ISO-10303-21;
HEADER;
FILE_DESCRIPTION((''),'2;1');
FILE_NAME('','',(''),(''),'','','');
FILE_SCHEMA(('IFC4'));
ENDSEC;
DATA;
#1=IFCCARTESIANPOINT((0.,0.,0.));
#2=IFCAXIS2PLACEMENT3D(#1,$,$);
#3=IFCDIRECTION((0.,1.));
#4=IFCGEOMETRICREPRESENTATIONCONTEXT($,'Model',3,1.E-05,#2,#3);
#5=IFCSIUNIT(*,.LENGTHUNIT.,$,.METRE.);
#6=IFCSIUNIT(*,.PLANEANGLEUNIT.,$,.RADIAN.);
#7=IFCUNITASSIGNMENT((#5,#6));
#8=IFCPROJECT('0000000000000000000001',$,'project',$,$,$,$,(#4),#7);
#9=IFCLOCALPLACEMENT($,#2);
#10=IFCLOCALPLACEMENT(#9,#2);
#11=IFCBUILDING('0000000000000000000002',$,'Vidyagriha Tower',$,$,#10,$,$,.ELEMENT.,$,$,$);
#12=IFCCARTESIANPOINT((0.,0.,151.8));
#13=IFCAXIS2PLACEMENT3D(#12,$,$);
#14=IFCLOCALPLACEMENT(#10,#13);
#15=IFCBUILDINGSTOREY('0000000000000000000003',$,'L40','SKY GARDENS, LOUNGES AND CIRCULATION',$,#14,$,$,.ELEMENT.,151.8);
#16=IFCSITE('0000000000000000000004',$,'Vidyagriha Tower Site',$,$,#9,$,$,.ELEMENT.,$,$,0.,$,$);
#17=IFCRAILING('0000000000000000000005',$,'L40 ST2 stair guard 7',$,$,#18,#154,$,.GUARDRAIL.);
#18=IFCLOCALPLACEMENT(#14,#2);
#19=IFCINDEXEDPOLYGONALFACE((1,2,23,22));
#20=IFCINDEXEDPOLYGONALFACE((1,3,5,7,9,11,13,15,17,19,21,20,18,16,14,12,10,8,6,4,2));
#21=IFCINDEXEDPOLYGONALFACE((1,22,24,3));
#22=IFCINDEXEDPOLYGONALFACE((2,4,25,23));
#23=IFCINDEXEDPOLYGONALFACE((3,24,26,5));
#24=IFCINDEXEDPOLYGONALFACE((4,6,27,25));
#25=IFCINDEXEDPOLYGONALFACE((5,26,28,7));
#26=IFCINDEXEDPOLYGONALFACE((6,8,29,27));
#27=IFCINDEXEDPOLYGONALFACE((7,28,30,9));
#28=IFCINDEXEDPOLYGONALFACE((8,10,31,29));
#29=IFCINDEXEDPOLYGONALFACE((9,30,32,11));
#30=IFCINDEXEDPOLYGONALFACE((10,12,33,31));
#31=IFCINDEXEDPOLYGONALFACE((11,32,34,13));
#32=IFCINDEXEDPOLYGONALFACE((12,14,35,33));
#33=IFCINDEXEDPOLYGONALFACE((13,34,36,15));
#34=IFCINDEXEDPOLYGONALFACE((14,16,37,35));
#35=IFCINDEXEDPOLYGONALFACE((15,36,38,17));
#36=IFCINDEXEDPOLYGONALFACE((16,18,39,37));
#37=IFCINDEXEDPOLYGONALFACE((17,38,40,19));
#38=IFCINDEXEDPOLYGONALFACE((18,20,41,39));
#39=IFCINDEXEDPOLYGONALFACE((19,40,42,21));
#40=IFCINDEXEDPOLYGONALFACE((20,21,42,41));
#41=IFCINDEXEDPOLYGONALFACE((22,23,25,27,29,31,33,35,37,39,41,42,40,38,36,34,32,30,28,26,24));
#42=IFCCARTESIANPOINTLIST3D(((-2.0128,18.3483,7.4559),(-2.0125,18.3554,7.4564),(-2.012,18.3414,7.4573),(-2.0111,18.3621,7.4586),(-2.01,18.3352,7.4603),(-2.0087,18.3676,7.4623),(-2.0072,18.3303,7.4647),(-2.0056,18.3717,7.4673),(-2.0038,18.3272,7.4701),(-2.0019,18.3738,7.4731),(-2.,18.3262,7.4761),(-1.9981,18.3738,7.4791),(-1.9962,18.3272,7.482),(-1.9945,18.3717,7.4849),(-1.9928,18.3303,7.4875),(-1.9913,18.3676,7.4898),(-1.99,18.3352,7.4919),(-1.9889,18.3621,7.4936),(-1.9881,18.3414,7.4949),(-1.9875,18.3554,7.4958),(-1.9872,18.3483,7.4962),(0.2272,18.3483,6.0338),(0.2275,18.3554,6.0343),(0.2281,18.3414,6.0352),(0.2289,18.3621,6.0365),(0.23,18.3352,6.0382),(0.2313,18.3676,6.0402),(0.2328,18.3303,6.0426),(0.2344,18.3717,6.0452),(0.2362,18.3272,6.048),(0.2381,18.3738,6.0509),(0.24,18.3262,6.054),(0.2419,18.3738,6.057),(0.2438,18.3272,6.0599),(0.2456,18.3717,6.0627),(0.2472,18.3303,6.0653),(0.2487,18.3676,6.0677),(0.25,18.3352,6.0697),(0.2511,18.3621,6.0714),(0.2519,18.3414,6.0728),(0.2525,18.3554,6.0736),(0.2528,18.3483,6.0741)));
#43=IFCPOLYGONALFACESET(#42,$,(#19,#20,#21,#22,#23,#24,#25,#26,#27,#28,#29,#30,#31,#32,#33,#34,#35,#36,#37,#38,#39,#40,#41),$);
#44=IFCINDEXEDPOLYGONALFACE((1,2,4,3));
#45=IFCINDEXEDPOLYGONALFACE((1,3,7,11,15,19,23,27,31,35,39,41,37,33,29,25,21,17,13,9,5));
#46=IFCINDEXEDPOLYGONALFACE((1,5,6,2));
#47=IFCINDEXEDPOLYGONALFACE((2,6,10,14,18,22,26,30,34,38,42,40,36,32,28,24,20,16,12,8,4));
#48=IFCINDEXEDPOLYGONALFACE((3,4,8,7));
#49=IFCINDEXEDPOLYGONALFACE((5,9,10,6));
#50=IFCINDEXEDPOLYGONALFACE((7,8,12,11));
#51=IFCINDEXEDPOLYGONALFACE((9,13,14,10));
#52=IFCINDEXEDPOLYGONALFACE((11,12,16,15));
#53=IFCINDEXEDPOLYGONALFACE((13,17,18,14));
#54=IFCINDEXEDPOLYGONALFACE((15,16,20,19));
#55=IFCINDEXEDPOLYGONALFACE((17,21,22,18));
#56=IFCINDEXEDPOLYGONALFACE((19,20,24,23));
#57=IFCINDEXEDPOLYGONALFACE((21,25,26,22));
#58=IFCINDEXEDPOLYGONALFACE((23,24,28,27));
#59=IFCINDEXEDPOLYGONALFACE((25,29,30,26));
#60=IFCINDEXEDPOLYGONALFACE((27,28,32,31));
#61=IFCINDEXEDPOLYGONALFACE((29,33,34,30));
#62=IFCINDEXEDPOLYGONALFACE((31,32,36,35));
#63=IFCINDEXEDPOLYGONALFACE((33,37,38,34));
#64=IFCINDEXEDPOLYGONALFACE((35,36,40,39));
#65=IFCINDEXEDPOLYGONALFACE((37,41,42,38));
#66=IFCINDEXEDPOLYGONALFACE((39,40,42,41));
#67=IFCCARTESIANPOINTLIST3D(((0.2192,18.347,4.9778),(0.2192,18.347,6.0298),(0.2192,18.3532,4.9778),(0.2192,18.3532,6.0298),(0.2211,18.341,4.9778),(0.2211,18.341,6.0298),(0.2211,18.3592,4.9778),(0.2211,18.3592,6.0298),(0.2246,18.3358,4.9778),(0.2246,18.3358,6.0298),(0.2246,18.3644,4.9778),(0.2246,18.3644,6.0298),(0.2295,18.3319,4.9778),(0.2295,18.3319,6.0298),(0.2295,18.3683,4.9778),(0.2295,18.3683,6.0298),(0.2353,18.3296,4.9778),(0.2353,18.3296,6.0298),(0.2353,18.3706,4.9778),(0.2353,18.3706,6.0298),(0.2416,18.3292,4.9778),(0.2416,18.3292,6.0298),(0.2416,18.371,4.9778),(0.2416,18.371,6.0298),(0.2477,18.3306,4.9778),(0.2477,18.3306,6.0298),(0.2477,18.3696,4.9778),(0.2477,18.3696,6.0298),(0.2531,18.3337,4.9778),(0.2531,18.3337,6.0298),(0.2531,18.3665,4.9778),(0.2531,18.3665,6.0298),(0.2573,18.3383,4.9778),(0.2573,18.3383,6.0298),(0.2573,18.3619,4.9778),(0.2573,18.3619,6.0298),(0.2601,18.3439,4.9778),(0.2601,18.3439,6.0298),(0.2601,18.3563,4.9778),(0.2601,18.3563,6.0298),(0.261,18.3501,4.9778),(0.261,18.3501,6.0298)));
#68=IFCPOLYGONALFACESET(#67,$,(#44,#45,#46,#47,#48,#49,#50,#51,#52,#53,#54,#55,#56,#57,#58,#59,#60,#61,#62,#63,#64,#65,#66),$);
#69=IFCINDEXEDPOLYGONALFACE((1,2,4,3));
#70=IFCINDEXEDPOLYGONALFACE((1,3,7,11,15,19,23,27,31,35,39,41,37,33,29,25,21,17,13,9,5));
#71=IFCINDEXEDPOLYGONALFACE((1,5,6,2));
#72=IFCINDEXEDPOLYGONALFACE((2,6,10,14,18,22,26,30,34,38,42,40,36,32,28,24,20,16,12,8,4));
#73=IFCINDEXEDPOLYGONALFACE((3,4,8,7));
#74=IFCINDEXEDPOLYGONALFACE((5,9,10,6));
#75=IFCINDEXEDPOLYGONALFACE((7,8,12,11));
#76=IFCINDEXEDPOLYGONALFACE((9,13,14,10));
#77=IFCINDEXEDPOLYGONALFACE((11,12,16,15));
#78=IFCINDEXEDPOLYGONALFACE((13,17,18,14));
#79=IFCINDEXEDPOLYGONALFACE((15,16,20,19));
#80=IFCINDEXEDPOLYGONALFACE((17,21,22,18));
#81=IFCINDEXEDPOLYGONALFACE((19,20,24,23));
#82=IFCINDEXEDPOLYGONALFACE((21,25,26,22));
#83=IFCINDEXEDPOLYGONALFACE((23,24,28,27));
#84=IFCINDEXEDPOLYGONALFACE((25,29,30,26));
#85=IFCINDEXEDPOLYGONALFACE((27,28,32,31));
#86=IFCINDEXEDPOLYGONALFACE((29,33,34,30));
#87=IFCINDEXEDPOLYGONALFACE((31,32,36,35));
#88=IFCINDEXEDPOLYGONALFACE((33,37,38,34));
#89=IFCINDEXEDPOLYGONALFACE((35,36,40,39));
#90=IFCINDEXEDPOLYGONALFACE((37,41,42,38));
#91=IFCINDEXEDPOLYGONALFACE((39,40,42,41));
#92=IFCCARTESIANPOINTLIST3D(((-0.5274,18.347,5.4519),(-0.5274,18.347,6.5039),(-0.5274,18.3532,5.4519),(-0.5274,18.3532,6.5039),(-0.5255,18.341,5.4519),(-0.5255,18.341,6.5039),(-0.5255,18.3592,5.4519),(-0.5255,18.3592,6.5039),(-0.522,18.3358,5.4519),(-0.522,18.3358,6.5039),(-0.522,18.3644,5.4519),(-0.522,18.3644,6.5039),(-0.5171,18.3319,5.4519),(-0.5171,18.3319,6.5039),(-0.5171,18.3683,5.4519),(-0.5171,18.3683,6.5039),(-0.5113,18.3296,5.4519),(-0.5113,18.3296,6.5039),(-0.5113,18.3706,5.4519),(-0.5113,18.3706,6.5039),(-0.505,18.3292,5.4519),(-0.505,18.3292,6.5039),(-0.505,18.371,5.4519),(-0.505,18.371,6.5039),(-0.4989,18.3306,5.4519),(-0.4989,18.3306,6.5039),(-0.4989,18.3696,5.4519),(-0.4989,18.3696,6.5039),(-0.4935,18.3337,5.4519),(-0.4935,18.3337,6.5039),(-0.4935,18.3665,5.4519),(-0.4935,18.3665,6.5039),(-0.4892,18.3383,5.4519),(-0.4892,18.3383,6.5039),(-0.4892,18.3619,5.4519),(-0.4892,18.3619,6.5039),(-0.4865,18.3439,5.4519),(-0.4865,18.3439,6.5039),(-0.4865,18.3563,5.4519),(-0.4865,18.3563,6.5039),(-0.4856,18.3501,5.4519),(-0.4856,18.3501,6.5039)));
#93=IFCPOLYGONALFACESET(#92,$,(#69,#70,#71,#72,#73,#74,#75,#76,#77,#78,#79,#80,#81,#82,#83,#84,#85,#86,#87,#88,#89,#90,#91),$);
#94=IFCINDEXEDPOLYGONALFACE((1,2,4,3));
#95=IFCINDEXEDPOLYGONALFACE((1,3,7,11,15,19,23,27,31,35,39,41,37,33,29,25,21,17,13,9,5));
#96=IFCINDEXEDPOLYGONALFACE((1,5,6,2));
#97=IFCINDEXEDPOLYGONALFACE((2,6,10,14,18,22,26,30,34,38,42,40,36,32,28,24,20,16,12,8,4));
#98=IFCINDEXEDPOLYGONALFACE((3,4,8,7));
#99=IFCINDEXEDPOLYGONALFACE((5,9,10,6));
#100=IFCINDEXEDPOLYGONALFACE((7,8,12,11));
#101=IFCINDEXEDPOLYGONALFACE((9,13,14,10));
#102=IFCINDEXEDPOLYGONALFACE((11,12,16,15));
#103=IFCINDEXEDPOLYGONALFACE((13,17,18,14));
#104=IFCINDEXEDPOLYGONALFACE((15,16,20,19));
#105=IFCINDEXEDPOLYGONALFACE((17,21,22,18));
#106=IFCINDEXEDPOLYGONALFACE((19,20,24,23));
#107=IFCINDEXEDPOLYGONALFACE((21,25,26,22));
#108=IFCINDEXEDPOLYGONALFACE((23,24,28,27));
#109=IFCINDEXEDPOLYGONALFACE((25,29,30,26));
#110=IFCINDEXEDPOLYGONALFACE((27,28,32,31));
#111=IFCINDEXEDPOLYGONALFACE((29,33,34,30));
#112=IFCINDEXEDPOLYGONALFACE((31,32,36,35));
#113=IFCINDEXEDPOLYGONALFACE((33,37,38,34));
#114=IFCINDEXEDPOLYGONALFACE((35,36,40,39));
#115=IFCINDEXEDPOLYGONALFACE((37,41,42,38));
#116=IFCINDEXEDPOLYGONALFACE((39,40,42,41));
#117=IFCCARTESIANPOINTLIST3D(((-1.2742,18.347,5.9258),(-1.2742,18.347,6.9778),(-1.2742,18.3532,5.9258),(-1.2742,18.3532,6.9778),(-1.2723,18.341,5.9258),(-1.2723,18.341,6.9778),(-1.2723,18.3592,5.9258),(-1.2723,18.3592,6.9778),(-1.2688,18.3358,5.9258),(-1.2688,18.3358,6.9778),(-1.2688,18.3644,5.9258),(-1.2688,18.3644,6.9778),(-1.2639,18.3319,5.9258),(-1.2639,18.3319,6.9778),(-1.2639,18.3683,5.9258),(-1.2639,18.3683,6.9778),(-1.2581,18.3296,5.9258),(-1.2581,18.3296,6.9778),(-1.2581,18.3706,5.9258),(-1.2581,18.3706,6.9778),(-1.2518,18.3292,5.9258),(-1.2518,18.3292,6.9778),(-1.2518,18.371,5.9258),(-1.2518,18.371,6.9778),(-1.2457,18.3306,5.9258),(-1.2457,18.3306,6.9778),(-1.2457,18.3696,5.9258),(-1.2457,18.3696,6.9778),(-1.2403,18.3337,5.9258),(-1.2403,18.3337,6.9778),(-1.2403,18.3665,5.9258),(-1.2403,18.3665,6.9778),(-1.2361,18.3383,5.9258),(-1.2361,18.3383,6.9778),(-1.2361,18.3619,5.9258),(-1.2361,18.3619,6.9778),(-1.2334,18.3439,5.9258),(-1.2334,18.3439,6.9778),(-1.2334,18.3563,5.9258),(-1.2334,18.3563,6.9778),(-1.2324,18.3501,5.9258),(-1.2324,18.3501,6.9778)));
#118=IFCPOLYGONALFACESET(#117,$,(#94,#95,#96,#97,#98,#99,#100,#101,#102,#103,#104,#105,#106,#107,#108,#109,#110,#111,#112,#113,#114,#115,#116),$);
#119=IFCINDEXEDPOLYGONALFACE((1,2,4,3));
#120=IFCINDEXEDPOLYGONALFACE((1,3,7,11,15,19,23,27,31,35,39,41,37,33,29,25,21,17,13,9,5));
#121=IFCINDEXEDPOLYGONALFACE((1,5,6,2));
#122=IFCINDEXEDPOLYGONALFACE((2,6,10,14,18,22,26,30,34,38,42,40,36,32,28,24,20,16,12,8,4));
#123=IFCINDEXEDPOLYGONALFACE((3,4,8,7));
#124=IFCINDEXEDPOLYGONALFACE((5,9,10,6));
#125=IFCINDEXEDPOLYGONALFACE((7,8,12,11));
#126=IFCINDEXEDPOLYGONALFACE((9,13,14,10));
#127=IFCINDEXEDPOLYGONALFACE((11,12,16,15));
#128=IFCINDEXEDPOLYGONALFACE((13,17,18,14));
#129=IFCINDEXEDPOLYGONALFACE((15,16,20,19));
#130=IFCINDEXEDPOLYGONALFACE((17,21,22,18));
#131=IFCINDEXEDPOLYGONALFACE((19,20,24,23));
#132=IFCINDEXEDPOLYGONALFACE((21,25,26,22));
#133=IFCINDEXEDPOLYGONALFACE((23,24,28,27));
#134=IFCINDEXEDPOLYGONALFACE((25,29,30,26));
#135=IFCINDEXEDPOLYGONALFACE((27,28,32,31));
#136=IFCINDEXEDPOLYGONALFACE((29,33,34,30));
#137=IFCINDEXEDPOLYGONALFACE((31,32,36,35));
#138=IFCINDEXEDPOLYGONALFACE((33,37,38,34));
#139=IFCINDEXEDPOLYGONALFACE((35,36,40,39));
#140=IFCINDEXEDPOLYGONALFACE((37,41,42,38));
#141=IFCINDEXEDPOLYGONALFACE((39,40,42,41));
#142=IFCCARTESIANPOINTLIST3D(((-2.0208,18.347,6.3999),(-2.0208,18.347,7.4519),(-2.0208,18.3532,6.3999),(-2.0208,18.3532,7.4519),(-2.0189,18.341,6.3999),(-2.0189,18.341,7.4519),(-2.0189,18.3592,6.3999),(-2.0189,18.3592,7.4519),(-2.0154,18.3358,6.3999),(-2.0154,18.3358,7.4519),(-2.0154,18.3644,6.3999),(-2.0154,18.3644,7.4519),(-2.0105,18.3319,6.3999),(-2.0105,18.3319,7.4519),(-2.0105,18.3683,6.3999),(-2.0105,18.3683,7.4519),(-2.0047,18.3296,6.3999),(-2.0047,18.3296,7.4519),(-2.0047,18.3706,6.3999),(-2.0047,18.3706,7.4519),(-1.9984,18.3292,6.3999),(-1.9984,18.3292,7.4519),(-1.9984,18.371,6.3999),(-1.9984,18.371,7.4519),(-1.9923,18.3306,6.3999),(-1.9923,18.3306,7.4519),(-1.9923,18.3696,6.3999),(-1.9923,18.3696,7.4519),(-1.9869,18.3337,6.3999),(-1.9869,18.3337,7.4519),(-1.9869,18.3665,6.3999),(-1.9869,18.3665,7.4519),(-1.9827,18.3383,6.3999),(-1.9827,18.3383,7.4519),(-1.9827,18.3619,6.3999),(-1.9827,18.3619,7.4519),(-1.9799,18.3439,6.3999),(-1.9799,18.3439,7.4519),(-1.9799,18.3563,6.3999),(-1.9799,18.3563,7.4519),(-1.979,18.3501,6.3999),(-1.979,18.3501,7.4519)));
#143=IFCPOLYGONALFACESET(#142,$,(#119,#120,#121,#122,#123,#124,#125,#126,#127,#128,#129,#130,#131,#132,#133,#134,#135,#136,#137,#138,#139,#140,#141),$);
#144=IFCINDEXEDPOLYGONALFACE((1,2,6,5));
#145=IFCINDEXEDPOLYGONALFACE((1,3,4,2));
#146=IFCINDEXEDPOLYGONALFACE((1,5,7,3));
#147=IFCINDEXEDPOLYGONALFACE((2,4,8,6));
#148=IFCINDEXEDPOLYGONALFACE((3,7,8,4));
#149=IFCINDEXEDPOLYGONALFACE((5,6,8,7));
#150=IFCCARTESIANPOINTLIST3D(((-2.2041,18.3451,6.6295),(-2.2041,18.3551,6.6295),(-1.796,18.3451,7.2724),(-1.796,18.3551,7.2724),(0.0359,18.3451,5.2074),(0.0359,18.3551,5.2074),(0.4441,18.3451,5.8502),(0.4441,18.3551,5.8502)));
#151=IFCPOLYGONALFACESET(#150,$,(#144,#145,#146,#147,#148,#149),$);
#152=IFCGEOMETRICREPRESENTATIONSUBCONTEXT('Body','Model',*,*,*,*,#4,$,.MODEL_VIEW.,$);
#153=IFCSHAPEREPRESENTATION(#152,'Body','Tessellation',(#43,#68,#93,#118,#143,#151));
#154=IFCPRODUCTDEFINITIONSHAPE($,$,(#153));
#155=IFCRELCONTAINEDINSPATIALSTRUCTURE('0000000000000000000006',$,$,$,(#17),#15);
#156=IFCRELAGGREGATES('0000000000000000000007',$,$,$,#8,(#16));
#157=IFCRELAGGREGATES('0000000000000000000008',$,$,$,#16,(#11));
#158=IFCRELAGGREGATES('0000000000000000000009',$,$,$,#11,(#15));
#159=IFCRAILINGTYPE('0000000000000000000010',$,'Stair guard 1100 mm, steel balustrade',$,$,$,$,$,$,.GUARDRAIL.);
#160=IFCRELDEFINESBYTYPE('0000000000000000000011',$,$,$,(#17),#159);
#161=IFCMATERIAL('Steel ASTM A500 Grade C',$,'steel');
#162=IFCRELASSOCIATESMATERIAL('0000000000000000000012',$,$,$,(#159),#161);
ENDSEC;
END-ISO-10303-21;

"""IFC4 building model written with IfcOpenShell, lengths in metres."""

from ifc_helpers import new_model, si_unit, direction, frame, origin, origin_2d, place, context, subcontext, project, spatial, rectangle, circle, extrude, material, type_object, element, save


model = new_model("IFC4")

# Units and contexts
model_context = context("Model", 3, precision=1e-05, world=origin(), true_north=direction((0.0, 1.0)))
body_context = subcontext(model_context, "Body", "Model", "MODEL_VIEW")
ifc_project = project(units=[si_unit("LENGTHUNIT", "METRE"), si_unit("PLANEANGLEUNIT", "RADIAN")], contexts=[model_context])

# Site, building, storey
site_placement = place(None, origin())
site = spatial("IfcSite", under=ifc_project, at=site_placement, Name="Vidyagriha Tower Site", CompositionType="ELEMENT", RefElevation=0.0)
building_placement = place(site_placement, origin())
building = spatial("IfcBuilding", under=site, at=building_placement, Name="Vidyagriha Tower", CompositionType="ELEMENT")
storey_placement = place(building_placement, frame((0.0, 0.0, 151.8)))
storey = spatial("IfcBuildingStorey", under=building, at=storey_placement, Name="L40", Description="SKY GARDENS, LOUNGES AND CIRCULATION", CompositionType="ELEMENT", Elevation=151.8)

# Railing
ifc_material_1 = material(Name="Steel ASTM A500 Grade C", Category="steel")
railing_type_1 = type_object("IfcRailingType", Name="Stair guard 1100 mm, steel balustrade", PredefinedType="GUARDRAIL", material=ifc_material_1)
railing_1_placement = place(storey_placement, frame((0.24, 18.3501, 4.9778)))
element("IfcRailing", 1, at=railing_1_placement, inside=storey, type_object=railing_type_1, Name="L40 ST2 stair guard 7", PredefinedType="GUARDRAIL", context=body_context, shape_type="SweptSolid", body=[
    extrude(circle(Radius=0.0239, at=origin_2d()), frame((0.0, 0.0, 1.0762), z_axis=(-0.844229, 0.0, 0.535982), x_axis=(0.0, -1.0, 0.0)), (0.0, 0.0, 1.0), 2.6533),
    extrude(circle(Radius=0.021, at=origin_2d()), origin(), (0.0, 0.0, 1.0), 1.052),
    extrude(circle(Radius=0.021, at=origin_2d()), frame((-0.7466, 0.0, 0.4741)), (0.0, 0.0, 1.0), 1.052),
    extrude(circle(Radius=0.021, at=origin_2d()), frame((-1.4934, 0.0, 0.948)), (0.0, 0.0, 1.0), 1.052),
    extrude(circle(Radius=0.021, at=origin_2d()), frame((-2.24, 0.0, 1.4221)), (0.0, 0.0, 1.0), 1.052),
    extrude(rectangle(XDim=0.01, YDim=0.7615, at=origin_2d()), frame((0.0, 0.0, 0.551), z_axis=(-0.844229, 0.0, 0.535982), x_axis=(0.0, -1.0, 0.0)), (0.0, 0.0, 1.0), 2.6533),
])

save(model, "model.ifc")
